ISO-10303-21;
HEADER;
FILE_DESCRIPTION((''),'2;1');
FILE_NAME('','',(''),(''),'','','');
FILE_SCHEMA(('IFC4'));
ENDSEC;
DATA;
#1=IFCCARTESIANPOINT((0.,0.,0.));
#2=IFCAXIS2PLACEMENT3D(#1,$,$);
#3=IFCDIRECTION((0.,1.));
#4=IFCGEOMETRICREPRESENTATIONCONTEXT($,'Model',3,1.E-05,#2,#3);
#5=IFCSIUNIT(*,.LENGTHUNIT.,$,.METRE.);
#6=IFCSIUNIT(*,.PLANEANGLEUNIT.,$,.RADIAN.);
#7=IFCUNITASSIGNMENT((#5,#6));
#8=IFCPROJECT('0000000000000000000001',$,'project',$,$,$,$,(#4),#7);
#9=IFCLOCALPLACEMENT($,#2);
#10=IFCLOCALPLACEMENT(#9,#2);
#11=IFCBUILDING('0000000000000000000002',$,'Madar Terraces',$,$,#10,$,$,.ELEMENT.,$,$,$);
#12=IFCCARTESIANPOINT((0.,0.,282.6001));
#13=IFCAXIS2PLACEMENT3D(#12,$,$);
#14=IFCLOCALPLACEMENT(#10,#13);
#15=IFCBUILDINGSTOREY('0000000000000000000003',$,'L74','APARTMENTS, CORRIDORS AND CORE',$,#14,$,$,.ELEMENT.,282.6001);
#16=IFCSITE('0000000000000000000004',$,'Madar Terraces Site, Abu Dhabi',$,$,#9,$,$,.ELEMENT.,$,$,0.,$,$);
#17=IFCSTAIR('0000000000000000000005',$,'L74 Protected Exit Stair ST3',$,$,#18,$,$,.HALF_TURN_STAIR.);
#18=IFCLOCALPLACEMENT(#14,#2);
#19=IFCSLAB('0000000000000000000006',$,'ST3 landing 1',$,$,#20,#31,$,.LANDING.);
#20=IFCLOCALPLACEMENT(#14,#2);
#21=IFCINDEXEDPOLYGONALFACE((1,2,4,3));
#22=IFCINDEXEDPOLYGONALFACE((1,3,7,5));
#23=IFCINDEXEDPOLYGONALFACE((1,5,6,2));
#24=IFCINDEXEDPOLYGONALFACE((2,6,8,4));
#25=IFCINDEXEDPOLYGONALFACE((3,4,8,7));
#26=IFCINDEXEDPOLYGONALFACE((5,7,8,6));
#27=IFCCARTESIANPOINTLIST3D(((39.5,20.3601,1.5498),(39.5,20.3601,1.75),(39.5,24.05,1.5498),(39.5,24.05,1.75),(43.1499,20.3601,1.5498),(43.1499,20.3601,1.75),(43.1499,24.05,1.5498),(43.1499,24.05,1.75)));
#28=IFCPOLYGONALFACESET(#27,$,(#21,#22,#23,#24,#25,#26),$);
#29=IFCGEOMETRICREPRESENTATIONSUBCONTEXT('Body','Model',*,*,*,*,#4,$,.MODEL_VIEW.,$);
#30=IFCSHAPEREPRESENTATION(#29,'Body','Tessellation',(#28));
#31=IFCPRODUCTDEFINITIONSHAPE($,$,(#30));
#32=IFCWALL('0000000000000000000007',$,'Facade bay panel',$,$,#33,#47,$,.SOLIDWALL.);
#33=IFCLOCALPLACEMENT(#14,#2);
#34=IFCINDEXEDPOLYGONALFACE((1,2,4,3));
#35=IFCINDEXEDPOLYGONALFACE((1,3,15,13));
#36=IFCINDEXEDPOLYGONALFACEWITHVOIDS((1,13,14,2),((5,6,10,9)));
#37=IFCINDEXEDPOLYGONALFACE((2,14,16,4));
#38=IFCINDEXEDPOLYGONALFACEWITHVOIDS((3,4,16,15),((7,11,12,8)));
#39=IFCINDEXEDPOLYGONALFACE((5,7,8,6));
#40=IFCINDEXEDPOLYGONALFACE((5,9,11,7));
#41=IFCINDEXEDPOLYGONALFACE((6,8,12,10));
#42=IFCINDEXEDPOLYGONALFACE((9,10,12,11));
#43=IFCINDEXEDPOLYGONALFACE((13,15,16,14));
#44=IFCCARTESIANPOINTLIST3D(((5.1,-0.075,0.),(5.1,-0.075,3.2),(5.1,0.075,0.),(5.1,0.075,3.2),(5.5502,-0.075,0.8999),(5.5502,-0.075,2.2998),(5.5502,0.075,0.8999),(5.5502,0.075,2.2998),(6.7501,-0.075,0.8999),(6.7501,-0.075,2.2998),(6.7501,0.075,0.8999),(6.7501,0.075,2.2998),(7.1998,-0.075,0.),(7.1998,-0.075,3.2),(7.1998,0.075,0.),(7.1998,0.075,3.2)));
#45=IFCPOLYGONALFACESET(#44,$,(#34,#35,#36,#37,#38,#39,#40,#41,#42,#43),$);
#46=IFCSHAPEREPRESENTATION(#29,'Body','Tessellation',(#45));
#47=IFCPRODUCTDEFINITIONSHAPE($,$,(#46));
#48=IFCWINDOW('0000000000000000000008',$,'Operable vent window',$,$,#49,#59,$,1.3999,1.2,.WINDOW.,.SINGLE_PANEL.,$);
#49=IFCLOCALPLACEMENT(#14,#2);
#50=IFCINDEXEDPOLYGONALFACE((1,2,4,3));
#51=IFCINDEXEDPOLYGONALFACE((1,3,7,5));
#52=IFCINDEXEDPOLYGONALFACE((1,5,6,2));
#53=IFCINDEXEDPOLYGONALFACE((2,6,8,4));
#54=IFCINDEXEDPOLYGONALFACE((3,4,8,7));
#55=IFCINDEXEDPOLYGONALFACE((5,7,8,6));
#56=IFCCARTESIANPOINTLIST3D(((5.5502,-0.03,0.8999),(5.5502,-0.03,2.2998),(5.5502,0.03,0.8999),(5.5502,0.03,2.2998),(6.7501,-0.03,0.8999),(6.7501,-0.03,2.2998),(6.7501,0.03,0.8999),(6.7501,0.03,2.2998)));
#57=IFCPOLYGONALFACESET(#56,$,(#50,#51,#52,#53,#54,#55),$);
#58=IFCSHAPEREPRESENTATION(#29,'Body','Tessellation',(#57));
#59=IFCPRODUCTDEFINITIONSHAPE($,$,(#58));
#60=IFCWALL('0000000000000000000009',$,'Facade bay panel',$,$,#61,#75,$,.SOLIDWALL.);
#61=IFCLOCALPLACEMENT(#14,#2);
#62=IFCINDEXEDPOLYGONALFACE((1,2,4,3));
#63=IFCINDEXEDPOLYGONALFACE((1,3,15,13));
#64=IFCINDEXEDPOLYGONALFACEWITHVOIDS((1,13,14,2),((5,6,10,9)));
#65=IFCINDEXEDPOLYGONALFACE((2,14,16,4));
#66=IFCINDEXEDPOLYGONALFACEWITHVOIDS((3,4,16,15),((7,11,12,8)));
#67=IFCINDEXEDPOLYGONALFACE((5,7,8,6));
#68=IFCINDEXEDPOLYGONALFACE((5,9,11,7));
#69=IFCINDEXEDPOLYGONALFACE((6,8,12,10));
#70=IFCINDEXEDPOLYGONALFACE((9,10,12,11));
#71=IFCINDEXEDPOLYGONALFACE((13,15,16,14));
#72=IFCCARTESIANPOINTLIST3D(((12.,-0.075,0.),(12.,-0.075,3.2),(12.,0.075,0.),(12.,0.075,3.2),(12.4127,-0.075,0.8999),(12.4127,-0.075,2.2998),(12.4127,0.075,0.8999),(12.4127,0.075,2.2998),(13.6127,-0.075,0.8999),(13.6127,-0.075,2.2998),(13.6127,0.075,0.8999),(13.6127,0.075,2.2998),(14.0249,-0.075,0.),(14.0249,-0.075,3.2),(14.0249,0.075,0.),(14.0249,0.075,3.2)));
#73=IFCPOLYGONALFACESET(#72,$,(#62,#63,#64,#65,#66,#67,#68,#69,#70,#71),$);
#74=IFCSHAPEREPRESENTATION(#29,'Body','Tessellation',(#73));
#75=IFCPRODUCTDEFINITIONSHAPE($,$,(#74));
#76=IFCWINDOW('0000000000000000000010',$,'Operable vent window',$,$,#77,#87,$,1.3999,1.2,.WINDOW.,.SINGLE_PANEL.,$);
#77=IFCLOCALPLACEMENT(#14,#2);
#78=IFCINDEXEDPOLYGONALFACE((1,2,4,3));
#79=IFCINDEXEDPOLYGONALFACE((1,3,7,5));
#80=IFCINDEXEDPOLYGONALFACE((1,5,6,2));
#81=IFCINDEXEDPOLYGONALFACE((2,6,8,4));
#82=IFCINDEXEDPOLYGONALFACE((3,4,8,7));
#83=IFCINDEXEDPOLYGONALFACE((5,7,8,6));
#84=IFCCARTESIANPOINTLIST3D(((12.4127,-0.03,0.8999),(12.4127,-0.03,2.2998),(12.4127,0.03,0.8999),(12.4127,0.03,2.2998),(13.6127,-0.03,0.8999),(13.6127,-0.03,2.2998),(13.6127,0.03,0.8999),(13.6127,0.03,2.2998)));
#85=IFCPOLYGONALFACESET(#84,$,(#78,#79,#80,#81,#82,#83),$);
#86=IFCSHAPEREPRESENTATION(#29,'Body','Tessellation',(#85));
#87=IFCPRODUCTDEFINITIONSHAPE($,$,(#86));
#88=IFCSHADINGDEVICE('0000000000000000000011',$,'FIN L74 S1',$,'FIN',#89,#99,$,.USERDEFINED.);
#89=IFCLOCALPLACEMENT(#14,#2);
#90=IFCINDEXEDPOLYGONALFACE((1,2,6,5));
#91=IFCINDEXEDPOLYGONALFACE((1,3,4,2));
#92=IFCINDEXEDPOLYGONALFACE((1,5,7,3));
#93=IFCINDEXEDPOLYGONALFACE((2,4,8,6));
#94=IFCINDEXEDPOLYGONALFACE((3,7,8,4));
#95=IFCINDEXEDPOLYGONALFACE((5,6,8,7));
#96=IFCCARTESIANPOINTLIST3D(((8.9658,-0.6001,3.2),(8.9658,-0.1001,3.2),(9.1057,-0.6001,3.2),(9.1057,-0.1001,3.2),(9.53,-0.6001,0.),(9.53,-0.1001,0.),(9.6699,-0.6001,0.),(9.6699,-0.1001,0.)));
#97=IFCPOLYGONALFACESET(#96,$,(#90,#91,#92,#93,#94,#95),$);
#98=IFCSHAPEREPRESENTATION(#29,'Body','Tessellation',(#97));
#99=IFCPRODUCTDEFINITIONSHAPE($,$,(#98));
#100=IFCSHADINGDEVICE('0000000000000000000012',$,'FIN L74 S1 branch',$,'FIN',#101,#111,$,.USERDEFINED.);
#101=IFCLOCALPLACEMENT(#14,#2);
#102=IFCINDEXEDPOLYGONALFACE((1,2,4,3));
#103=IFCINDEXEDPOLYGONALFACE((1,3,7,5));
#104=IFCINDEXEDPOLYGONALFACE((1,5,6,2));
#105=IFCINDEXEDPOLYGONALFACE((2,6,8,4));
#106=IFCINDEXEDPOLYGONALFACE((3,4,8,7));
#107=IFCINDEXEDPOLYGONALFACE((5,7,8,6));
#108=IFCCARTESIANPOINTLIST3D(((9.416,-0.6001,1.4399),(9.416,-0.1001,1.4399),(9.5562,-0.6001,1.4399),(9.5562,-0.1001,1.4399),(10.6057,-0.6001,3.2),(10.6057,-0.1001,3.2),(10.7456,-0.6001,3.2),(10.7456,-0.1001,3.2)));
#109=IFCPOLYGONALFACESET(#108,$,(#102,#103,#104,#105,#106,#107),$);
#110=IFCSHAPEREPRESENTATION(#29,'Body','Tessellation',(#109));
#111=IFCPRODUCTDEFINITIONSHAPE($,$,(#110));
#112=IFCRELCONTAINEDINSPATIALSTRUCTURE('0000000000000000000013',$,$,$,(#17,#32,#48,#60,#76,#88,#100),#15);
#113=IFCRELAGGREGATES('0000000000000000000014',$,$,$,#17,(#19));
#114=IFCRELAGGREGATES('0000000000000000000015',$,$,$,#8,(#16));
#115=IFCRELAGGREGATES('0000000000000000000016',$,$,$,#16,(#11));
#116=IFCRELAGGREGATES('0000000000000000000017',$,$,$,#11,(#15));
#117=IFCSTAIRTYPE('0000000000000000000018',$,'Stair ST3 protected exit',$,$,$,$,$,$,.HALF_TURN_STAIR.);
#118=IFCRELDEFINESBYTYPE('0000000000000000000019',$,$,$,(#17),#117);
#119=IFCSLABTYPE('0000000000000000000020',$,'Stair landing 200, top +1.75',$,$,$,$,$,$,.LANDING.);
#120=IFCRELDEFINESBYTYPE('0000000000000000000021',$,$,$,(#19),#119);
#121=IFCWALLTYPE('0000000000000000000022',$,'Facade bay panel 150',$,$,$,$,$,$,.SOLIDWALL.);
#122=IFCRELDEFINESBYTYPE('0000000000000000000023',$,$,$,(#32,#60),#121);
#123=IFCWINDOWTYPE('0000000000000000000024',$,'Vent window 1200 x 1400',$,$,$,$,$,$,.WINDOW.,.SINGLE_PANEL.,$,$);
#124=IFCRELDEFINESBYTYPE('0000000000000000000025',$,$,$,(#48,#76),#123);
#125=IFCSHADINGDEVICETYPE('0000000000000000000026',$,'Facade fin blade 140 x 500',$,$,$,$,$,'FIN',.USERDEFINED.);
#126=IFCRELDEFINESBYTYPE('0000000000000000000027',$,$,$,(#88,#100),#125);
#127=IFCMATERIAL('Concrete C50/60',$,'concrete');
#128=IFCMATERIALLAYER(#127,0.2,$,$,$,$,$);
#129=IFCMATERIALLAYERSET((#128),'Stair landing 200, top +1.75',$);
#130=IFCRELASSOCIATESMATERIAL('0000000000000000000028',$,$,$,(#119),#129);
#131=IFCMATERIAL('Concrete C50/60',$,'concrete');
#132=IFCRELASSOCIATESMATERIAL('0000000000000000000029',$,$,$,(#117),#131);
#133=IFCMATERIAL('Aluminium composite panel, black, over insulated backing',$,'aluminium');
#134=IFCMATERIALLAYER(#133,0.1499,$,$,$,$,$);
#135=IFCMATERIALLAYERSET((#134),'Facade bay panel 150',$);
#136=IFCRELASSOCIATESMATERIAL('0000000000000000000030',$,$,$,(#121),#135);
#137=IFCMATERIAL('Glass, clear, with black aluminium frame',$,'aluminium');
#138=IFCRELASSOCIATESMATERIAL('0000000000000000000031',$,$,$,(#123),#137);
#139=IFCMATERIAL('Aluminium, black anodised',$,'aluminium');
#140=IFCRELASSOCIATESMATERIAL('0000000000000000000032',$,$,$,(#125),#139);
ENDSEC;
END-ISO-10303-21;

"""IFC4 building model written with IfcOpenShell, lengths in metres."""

from ifc_helpers import new_model, si_unit, direction, frame, frame_2d, origin, place, context, subcontext, project, spatial, polyline, rectangle, outline, extrude, material, layer, layer_set, type_object, element, fill, aggregate, save


model = new_model("IFC4")

# Units and contexts
model_context = context("Model", 3, precision=1e-05, world=origin(), true_north=direction((0.0, 1.0)))
body_context = subcontext(model_context, "Body", "Model", "MODEL_VIEW")
ifc_project = project(units=[si_unit("LENGTHUNIT", "METRE"), si_unit("PLANEANGLEUNIT", "RADIAN")], contexts=[model_context])

# Site, building, storey
site_placement = place(None, origin())
site = spatial("IfcSite", under=ifc_project, at=site_placement, Name="Madar Terraces Site, Abu Dhabi", CompositionType="ELEMENT", RefElevation=0.0)
building_placement = place(site_placement, origin())
building = spatial("IfcBuilding", under=site, at=building_placement, Name="Madar Terraces", CompositionType="ELEMENT")
storey_placement = place(building_placement, frame((0.0, 0.0, 282.6001)))
storey = spatial("IfcBuildingStorey", under=building, at=storey_placement, Name="L74", Description="APARTMENTS, CORRIDORS AND CORE", CompositionType="ELEMENT", Elevation=282.6001)

# Stair, slab
ifc_material_1 = material(Name="Concrete C50/60", Category="concrete")
ifc_layer_1 = layer(ifc_material_1, 0.2)
ifc_layer_set_1 = layer_set([ifc_layer_1], Name="Stair landing 200, top +1.75")
slab_type_1 = type_object("IfcSlabType", Name="Stair landing 200, top +1.75", PredefinedType="LANDING", material=ifc_layer_set_1)
ifc_material_2 = material(Name="Concrete C50/60", Category="concrete")
stair_type_1 = type_object("IfcStairType", Name="Stair ST3 protected exit", PredefinedType="HALF_TURN_STAIR", material=ifc_material_2)
stair_1_placement = place(storey_placement, origin())
stair_1 = element("IfcStair", 1, at=stair_1_placement, inside=storey, type_object=stair_type_1, Name="L74 Protected Exit Stair ST3", PredefinedType="HALF_TURN_STAIR")
slab_1_placement = place(storey_placement, frame((0.0, 0.0, 1.5498)))
slab_1 = element("IfcSlab", 2, at=slab_1_placement, type_object=slab_type_1, Name="ST3 landing 1", PredefinedType="LANDING", context=body_context, shape_type="SweptSolid", body=[
    extrude(outline(polyline([(39.5, 20.3601), (43.1499, 20.3601), (43.1499, 24.05), (39.5, 24.05), (39.5, 20.3601)])), origin(), (0.0, 0.0, 1.0), 0.2002),
])
aggregate(stair_1, [slab_1])

# Walls, openings, windows
ifc_material_3 = material(Name="Aluminium composite panel, black, over insulated backing", Category="aluminium")
ifc_layer_2 = layer(ifc_material_3, 0.1499)
ifc_layer_set_2 = layer_set([ifc_layer_2], Name="Facade bay panel 150")
wall_type = type_object("IfcWallType", Name="Facade bay panel 150", PredefinedType="SOLIDWALL", material=ifc_layer_set_2)
wall_1_placement = place(storey_placement, frame((5.1001, 0.0, 0.0), z_axis=(0.0, 0.0, 1.0), x_axis=(1.0, 0.0, 0.0)))
wall_1 = element("IfcWall", 3, at=wall_1_placement, inside=storey, type_object=wall_type, Name="Facade bay panel", PredefinedType="SOLIDWALL", context=body_context, shape_type="SweptSolid", body=[
    extrude(rectangle(XDim=2.0999, YDim=0.1499, at=frame_2d((1.0498, 0.0))), origin(), (0.0, 0.0, 1.0), 3.2),
])
opening_1_placement = place(wall_1_placement, frame((0.45, 0.0, 0.8999)))
opening_1 = element("IfcOpeningElement", 4, at=opening_1_placement, cuts=wall_1, PredefinedType="OPENING", context=body_context, shape_type="SweptSolid", body=[
    extrude(rectangle(XDim=1.2, YDim=1.3999, at=frame_2d((0.6001, 0.7))), frame((0.0, 0.085, 0.0), z_axis=(0.0, -1.0, 0.0), x_axis=(1.0, 0.0, 0.0)), (0.0, 0.0, 1.0), 0.1699),
])
ifc_material_4 = material(Name="Glass, clear, with black aluminium frame", Category="aluminium")
window_type = type_object("IfcWindowType", Name="Vent window 1200 x 1400", PartitioningType="SINGLE_PANEL", PredefinedType="WINDOW", material=ifc_material_4)
window_1_placement = place(opening_1_placement, origin())
window_1 = element("IfcWindow", 5, at=window_1_placement, inside=storey, type_object=window_type, Name="Operable vent window", OverallHeight=1.3999, OverallWidth=1.2, PartitioningType="SINGLE_PANEL", PredefinedType="WINDOW", context=body_context, shape_type="SweptSolid", body=[
    extrude(rectangle(XDim=1.2, YDim=1.3999, at=frame_2d((0.6001, 0.7))), frame((0.0, 0.03, 0.0), z_axis=(0.0, -1.0, 0.0), x_axis=(1.0, 0.0, 0.0)), (0.0, 0.0, 1.0), 0.0601),
])
fill(opening_1, window_1)
wall_2_placement = place(storey_placement, frame((12.0, 0.0, 0.0), z_axis=(0.0, 0.0, 1.0), x_axis=(1.0, 0.0, 0.0)))
wall_2 = element("IfcWall", 6, at=wall_2_placement, inside=storey, type_object=wall_type, Name="Facade bay panel", PredefinedType="SOLIDWALL", context=body_context, shape_type="SweptSolid", body=[
    extrude(rectangle(XDim=2.0249, YDim=0.1499, at=frame_2d((1.0125, 0.0))), origin(), (0.0, 0.0, 1.0), 3.2),
])
opening_2_placement = place(wall_2_placement, frame((0.4126, 0.0, 0.8999)))
opening_2 = element("IfcOpeningElement", 7, at=opening_2_placement, cuts=wall_2, PredefinedType="OPENING", context=body_context, shape_type="SweptSolid", body=[
    extrude(rectangle(XDim=1.2, YDim=1.3999, at=frame_2d((0.6001, 0.7))), frame((0.0, 0.085, 0.0), z_axis=(0.0, -1.0, 0.0), x_axis=(1.0, 0.0, 0.0)), (0.0, 0.0, 1.0), 0.1699),
])
window_2_placement = place(opening_2_placement, origin())
window_2 = element("IfcWindow", 8, at=window_2_placement, inside=storey, type_object=window_type, Name="Operable vent window", OverallHeight=1.3999, OverallWidth=1.2, PartitioningType="SINGLE_PANEL", PredefinedType="WINDOW", context=body_context, shape_type="SweptSolid", body=[
    extrude(rectangle(XDim=1.2, YDim=1.3999, at=frame_2d((0.6001, 0.7))), frame((0.0, 0.03, 0.0), z_axis=(0.0, -1.0, 0.0), x_axis=(1.0, 0.0, 0.0)), (0.0, 0.0, 1.0), 0.0601),
])
fill(opening_2, window_2)

# Shading devices
ifc_material_5 = material(Name="Aluminium, black anodised", Category="aluminium")
shading_device_type = type_object("IfcShadingDeviceType", Name="Facade fin blade 140 x 500", ElementType="FIN", PredefinedType="USERDEFINED", material=ifc_material_5)
shading_device_1_placement = place(storey_placement, frame((9.53, -0.3501, 0.0), z_axis=(0.0, 0.0, 1.0), x_axis=(1.0, 0.0, 0.0)))
element("IfcShadingDevice", 9, at=shading_device_1_placement, inside=storey, type_object=shading_device_type, Name="FIN L74 S1", ObjectType="FIN", PredefinedType="USERDEFINED", context=body_context, shape_type="SweptSolid", body=[
    extrude(outline(polyline([(0.0, 0.0), (0.1399, 0.0), (-0.4243, 3.2), (-0.5642, 3.2), (0.0, 0.0)])), frame((0.0, 0.25, 0.0), z_axis=(0.0, -1.0, 0.0), x_axis=(1.0, 0.0, 0.0)), (0.0, 0.0, 1.0), 0.5),
])
shading_device_2_placement = place(storey_placement, frame((9.416, -0.3501, 1.4399), z_axis=(0.0, 0.0, 1.0), x_axis=(1.0, 0.0, 0.0)))
element("IfcShadingDevice", 10, at=shading_device_2_placement, inside=storey, type_object=shading_device_type, Name="FIN L74 S1 branch", ObjectType="FIN", PredefinedType="USERDEFINED", context=body_context, shape_type="SweptSolid", body=[
    extrude(outline(polyline([(0.0, 0.0), (0.1401, 0.0), (1.3296, 1.76), (1.1897, 1.76), (0.0, 0.0)])), frame((0.0, 0.25, 0.0), z_axis=(0.0, -1.0, 0.0), x_axis=(1.0, 0.0, 0.0)), (0.0, 0.0, 1.0), 0.5),
])

save(model, "model.ifc")
